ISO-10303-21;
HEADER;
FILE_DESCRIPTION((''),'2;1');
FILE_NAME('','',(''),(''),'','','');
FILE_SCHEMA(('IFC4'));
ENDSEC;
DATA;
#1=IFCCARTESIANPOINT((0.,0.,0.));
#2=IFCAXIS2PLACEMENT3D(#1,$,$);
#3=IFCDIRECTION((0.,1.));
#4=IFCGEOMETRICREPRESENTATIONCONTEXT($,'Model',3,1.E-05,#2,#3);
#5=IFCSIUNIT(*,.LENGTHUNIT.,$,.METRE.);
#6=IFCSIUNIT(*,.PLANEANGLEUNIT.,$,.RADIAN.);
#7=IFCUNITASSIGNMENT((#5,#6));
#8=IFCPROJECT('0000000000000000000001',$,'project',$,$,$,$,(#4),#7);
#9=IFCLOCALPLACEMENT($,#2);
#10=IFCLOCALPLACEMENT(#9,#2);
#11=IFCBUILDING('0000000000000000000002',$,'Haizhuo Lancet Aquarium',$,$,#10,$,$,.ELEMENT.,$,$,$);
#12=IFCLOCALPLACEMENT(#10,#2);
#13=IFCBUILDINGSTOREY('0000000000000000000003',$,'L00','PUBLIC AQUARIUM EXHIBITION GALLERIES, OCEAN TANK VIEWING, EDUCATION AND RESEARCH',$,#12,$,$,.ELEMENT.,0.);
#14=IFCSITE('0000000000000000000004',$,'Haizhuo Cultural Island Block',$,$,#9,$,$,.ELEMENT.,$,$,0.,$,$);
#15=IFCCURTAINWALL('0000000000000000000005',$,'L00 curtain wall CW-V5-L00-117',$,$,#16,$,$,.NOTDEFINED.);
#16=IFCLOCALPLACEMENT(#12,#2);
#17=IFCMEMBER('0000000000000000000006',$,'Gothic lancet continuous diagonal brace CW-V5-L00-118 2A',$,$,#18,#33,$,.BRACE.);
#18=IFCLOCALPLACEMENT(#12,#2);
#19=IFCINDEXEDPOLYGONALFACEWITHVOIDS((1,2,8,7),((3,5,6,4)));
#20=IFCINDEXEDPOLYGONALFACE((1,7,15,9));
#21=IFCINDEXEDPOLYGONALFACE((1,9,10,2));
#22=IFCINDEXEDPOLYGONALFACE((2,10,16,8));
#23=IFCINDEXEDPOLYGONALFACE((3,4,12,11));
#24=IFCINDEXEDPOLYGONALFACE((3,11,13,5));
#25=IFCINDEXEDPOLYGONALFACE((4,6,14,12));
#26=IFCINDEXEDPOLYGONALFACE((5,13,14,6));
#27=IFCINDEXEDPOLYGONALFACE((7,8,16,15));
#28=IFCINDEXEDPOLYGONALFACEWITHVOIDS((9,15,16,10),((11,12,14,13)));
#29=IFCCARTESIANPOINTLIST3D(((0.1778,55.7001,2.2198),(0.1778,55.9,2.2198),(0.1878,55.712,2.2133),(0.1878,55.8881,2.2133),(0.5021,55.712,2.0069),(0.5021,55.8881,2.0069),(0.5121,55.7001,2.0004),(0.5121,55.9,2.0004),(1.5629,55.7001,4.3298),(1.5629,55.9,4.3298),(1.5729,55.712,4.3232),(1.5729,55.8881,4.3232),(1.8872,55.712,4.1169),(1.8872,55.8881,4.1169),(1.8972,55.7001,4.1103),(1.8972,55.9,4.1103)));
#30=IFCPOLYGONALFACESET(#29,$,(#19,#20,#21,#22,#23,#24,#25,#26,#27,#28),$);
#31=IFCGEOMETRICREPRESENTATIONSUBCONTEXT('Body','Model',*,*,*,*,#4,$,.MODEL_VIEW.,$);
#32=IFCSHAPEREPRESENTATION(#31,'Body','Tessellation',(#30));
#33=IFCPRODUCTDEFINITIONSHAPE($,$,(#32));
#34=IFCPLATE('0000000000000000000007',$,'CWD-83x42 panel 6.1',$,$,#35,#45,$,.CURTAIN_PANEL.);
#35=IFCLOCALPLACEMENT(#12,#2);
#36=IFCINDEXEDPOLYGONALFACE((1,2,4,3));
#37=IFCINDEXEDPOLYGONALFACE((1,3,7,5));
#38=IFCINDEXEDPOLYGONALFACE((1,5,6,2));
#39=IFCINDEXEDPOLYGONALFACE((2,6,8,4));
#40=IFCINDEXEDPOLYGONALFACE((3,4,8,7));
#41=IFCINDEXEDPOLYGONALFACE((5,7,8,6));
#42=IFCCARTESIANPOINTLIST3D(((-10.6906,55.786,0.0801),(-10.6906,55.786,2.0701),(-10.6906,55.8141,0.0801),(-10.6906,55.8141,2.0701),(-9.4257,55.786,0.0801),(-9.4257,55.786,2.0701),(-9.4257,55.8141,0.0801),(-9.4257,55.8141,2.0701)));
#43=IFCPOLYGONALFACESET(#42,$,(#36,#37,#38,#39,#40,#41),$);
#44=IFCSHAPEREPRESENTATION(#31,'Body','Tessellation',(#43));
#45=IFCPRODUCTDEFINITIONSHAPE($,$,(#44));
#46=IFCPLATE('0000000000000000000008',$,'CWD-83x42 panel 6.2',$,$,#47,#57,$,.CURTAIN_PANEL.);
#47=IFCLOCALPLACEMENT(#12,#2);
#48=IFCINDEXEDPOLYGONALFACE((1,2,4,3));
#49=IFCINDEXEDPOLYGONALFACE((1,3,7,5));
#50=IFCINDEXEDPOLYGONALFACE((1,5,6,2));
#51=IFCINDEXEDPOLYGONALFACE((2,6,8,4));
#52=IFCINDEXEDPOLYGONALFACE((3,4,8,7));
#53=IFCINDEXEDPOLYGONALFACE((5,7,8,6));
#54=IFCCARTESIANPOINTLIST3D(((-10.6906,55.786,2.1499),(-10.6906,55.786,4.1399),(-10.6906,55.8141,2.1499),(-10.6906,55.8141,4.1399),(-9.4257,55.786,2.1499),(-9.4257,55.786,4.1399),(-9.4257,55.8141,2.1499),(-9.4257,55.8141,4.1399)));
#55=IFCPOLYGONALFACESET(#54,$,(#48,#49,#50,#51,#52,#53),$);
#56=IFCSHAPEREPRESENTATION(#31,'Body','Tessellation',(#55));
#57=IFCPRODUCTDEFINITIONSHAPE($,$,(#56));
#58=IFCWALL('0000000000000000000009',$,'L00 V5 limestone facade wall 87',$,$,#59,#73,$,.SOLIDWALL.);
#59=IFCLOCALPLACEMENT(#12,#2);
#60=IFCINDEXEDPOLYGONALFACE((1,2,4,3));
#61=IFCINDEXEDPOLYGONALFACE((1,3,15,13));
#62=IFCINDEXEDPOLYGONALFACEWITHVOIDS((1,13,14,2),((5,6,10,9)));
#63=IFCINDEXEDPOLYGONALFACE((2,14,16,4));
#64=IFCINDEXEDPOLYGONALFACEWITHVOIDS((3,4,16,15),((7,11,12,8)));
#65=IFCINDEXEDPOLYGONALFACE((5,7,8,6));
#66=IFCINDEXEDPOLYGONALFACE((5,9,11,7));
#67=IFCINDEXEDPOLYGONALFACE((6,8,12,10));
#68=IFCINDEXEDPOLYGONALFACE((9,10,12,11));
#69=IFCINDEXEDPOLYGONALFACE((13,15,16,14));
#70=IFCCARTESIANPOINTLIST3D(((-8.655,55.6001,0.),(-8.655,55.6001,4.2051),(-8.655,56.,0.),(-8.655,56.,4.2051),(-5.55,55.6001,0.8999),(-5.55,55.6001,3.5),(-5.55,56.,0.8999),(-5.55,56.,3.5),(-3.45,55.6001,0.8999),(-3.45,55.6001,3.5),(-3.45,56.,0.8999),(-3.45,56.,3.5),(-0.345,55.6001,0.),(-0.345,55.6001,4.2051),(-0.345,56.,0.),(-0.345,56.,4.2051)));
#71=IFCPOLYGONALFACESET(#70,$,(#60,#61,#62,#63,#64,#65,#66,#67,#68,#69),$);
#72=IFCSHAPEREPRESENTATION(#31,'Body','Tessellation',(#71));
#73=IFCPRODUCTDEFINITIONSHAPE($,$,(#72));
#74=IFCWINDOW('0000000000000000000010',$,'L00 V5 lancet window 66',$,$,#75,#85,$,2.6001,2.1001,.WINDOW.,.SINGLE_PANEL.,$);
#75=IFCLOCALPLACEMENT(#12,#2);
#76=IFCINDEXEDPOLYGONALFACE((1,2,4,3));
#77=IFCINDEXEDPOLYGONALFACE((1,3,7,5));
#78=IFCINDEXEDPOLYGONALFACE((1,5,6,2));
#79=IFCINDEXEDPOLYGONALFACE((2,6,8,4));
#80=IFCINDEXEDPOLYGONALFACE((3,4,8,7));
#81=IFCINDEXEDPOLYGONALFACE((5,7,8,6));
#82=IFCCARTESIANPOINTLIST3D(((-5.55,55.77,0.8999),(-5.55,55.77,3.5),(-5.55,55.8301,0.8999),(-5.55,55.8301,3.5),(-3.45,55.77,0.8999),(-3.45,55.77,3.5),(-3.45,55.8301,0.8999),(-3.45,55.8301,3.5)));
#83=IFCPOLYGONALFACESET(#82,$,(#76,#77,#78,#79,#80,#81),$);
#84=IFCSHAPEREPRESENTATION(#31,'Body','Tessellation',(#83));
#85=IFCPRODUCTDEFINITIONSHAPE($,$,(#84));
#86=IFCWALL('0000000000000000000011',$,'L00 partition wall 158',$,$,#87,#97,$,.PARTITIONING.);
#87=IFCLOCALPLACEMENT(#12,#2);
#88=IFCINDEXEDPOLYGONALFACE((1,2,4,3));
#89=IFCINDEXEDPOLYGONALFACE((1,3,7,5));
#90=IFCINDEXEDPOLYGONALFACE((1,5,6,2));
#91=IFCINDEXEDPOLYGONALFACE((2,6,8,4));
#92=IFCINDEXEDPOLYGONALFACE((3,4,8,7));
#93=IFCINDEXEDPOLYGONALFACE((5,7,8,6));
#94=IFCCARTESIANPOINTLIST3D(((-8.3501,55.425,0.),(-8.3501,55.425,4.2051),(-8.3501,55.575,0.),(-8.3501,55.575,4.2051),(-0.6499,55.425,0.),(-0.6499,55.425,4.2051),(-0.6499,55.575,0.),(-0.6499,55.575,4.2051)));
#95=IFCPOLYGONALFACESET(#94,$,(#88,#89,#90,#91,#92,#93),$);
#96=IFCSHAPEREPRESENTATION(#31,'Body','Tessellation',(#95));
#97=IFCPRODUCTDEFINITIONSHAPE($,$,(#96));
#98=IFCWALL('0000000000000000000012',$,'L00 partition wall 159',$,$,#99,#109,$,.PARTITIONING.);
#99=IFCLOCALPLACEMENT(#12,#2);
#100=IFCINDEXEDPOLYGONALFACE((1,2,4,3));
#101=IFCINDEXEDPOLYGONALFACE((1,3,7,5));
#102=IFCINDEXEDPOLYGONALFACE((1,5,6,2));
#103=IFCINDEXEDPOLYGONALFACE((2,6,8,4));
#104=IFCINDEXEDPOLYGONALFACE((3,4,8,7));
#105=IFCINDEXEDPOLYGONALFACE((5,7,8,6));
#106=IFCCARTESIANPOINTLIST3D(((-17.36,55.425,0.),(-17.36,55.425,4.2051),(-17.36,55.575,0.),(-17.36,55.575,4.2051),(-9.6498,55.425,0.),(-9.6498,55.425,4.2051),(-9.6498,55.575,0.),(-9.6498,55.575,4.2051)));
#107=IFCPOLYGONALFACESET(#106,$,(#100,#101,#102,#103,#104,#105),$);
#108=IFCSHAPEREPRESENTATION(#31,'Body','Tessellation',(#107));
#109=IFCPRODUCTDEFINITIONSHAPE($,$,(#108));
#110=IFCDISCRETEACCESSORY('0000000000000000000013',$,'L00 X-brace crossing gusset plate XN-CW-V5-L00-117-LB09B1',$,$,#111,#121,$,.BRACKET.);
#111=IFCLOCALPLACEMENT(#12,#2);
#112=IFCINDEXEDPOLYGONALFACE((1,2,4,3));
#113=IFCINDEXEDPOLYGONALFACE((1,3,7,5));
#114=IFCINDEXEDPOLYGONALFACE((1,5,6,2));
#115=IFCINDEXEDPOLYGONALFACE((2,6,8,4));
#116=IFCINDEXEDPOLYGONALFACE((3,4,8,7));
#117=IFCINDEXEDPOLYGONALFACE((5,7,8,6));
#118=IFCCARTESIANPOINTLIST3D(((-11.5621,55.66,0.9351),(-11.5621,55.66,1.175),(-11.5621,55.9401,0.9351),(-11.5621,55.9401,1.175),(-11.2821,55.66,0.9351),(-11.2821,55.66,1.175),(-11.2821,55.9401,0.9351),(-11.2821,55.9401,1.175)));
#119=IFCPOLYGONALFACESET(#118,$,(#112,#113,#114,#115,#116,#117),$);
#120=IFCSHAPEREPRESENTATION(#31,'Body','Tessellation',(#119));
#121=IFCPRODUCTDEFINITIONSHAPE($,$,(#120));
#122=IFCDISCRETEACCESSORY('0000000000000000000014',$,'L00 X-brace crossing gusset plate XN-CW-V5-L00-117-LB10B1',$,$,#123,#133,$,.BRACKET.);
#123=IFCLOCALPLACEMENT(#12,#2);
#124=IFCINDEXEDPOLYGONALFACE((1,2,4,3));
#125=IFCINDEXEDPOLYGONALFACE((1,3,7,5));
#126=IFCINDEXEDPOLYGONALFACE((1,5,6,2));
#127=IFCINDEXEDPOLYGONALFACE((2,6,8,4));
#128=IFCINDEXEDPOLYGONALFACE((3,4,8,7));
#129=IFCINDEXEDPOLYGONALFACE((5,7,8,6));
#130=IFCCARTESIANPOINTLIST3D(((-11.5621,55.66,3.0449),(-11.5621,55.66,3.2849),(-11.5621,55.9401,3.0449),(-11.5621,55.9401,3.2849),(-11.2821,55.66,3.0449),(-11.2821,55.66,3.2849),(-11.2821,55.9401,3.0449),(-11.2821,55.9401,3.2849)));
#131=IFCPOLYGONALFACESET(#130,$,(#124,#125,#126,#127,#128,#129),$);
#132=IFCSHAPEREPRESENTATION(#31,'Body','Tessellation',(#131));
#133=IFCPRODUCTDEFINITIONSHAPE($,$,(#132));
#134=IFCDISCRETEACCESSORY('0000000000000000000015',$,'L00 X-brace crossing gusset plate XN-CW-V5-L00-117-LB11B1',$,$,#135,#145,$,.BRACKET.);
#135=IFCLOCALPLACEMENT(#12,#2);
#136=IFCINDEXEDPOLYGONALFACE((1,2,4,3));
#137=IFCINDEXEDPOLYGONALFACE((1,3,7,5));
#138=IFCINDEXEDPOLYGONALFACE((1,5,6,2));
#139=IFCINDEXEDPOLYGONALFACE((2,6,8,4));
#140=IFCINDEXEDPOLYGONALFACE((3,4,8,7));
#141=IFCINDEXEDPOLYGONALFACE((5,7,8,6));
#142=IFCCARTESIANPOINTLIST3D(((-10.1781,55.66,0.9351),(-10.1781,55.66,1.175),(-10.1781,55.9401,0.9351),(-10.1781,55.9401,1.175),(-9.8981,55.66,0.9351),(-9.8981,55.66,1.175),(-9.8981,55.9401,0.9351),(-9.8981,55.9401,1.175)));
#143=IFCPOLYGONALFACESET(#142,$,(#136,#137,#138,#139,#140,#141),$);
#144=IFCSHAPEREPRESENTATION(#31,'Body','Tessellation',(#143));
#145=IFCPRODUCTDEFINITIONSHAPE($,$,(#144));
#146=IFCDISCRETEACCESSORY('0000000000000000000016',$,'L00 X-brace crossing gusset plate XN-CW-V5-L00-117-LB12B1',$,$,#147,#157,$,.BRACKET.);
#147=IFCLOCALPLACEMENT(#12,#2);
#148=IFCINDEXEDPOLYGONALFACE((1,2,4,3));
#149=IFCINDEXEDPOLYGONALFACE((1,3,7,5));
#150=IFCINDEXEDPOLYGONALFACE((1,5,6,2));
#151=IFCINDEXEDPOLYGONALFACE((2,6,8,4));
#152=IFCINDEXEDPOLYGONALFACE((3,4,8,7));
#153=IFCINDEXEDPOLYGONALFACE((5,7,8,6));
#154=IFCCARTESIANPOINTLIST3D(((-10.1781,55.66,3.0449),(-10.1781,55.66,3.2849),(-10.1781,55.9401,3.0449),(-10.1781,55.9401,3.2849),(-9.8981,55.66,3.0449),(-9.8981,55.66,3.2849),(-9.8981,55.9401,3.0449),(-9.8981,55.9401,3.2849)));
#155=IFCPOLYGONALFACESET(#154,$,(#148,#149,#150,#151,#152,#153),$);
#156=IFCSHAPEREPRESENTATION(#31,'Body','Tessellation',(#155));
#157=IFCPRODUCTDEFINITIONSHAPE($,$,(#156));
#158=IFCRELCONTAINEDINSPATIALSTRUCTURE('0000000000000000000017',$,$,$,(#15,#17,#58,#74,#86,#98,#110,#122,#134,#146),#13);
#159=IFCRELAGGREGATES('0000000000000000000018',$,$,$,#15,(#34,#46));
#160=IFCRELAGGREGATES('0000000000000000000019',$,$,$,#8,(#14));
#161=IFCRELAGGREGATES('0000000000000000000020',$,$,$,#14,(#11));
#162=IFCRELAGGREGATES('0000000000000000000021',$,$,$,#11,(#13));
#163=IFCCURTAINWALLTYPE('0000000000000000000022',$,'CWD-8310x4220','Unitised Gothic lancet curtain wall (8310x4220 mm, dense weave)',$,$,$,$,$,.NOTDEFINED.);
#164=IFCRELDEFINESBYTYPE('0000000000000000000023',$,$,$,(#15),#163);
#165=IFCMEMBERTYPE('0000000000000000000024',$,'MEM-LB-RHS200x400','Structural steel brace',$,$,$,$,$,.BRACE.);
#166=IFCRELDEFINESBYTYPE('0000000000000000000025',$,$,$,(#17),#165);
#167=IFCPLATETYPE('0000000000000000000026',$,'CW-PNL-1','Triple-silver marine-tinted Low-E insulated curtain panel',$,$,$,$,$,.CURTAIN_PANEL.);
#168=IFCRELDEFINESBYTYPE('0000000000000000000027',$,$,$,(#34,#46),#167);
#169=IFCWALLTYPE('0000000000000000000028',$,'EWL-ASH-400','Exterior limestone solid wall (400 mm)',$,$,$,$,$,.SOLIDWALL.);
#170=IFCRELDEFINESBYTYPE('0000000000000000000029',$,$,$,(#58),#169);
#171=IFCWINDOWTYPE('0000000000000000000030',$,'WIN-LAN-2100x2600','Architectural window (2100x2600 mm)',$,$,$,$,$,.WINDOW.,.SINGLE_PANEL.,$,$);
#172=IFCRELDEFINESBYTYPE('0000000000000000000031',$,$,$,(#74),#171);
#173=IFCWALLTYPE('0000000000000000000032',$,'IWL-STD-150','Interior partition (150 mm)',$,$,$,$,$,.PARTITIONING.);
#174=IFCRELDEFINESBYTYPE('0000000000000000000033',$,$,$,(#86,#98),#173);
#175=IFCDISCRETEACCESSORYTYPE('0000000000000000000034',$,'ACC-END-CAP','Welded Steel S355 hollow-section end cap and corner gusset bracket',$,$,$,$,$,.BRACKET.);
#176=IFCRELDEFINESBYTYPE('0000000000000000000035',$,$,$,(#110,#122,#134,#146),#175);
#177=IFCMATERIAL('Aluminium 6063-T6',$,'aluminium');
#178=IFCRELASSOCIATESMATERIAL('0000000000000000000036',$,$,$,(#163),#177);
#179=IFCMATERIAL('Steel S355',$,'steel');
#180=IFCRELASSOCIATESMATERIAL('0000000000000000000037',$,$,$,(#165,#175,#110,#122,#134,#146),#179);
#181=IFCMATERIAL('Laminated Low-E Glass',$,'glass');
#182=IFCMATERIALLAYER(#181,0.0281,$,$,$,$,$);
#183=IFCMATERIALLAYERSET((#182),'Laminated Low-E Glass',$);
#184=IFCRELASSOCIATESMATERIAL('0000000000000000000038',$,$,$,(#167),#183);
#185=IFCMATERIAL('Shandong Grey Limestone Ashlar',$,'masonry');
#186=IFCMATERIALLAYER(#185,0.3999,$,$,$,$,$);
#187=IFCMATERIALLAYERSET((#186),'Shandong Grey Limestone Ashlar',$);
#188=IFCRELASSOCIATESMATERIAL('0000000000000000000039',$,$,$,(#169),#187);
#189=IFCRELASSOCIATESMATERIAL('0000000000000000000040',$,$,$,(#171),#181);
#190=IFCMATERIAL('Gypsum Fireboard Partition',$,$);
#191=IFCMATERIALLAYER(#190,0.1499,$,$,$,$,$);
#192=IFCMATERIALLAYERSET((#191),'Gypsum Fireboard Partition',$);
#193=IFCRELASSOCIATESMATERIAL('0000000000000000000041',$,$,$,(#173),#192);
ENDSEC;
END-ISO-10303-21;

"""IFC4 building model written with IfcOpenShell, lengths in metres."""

from ifc_helpers import new_model, si_unit, direction, frame, frame_2d, origin, origin_2d, place, context, subcontext, project, spatial, rectangle, hollow_rectangle, extrude, material, layer, layer_set, material_profile, profile_set, type_object, element, fill, aggregate, save


model = new_model("IFC4")

# Units and contexts
model_context = context("Model", 3, precision=1e-05, world=origin(), true_north=direction((0.0, 1.0)))
body_context = subcontext(model_context, "Body", "Model", "MODEL_VIEW")
ifc_project = project(units=[si_unit("LENGTHUNIT", "METRE"), si_unit("PLANEANGLEUNIT", "RADIAN")], contexts=[model_context])

# Site, building, storey
site_placement = place(None, origin())
site = spatial("IfcSite", under=ifc_project, at=site_placement, Name="Haizhuo Cultural Island Block", CompositionType="ELEMENT", RefElevation=0.0)
building_placement = place(site_placement, origin())
building = spatial("IfcBuilding", under=site, at=building_placement, Name="Haizhuo Lancet Aquarium", CompositionType="ELEMENT")
storey_placement = place(building_placement, origin())
storey = spatial("IfcBuildingStorey", under=building, at=storey_placement, Name="L00", Description="PUBLIC AQUARIUM EXHIBITION GALLERIES, OCEAN TANK VIEWING, EDUCATION AND RESEARCH", CompositionType="ELEMENT", Elevation=0.0)

# Shared definitions
ifc_material_1 = material(Name="Aluminium 6063-T6", Category="aluminium")
curtain_wall_type = type_object("IfcCurtainWallType", Name="CWD-8310x4220", Description="Unitised Gothic lancet curtain wall (8310x4220 mm, dense weave)", PredefinedType="NOTDEFINED", material=ifc_material_1)

# Curtain wall
curtain_wall_1_placement = place(storey_placement, origin())
curtain_wall_1 = element("IfcCurtainWall", 1, at=curtain_wall_1_placement, inside=storey, type_object=curtain_wall_type, Name="L00 curtain wall CW-V5-L00-117", PredefinedType="NOTDEFINED")

# Shared definitions
ifc_material_2 = material(Name="Steel S355", Category="steel")

# Member
ifc_material_profile_1 = material_profile(ifc_material_2, hollow_rectangle(XDim=0.2, YDim=0.3999, WallThickness=0.012, at=origin_2d()), Name="RHS 200x400x12")
ifc_profile_set_1 = profile_set([ifc_material_profile_1], Name="Steel S355")
member_type_1 = type_object("IfcMemberType", Name="MEM-LB-RHS200x400", Description="Structural steel brace", PredefinedType="BRACE", material=ifc_profile_set_1)
for number, where, z_axis, x_axis, name in (
    (2, (0.345, 55.8, 2.1101), (0.548771, 0.0, 0.835973), (0.0, 1.0, 0.0), "Gothic lancet continuous diagonal brace CW-V5-L00-118 2A"),
):
    element("IfcMember", number, at=place(storey_placement, frame(where, z_axis=z_axis, x_axis=x_axis)), inside=storey, type_object=member_type_1, Name=name, PredefinedType="BRACE", context=body_context, shape_type="SweptSolid", body=[
        extrude(hollow_rectangle(XDim=0.2, YDim=0.3999, WallThickness=0.012, at=origin_2d()), origin(), (0.0, 0.0, 1.0), 2.5239),
    ])

# Plates
ifc_material_3 = material(Name="Laminated Low-E Glass", Category="glass")
ifc_layer_1 = layer(ifc_material_3, 0.0281)
ifc_layer_set_1 = layer_set([ifc_layer_1], Name="Laminated Low-E Glass")
plate_type = type_object("IfcPlateType", Name="CW-PNL-1", Description="Triple-silver marine-tinted Low-E insulated curtain panel", PredefinedType="CURTAIN_PANEL", material=ifc_layer_set_1)
plate_1_placement = place(storey_placement, frame((-10.0581, 55.8, 0.0801), z_axis=(0.0, 0.0, 1.0), x_axis=(1.0, 0.0, 0.0)))
plate_1 = element("IfcPlate", 3, at=plate_1_placement, type_object=plate_type, Name="CWD-83x42 panel 6.1", PredefinedType="CURTAIN_PANEL", context=body_context, shape_type="SweptSolid", body=[
    extrude(rectangle(XDim=1.2649, YDim=0.0281, at=origin_2d()), origin(), (0.0, 0.0, 1.0), 1.99),
])
plate_2_placement = place(storey_placement, frame((-10.0581, 55.8, 2.1499), z_axis=(0.0, 0.0, 1.0), x_axis=(1.0, 0.0, 0.0)))
plate_2 = element("IfcPlate", 4, at=plate_2_placement, type_object=plate_type, Name="CWD-83x42 panel 6.2", PredefinedType="CURTAIN_PANEL", context=body_context, shape_type="SweptSolid", body=[
    extrude(rectangle(XDim=1.2649, YDim=0.0281, at=origin_2d()), origin(), (0.0, 0.0, 1.0), 1.99),
])
aggregate(curtain_wall_1, [plate_1, plate_2])

# Wall, opening, window
ifc_material_4 = material(Name="Shandong Grey Limestone Ashlar", Category="masonry")
ifc_layer_2 = layer(ifc_material_4, 0.3999)
ifc_layer_set_2 = layer_set([ifc_layer_2], Name="Shandong Grey Limestone Ashlar")
wall_type_1 = type_object("IfcWallType", Name="EWL-ASH-400", Description="Exterior limestone solid wall (400 mm)", PredefinedType="SOLIDWALL", material=ifc_layer_set_2)
wall_1_placement = place(storey_placement, frame((-8.655, 55.8, 0.0), z_axis=(0.0, 0.0, 1.0), x_axis=(1.0, 0.0, 0.0)))
wall_1 = element("IfcWall", 5, at=wall_1_placement, inside=storey, type_object=wall_type_1, Name="L00 V5 limestone facade wall 87", PredefinedType="SOLIDWALL", context=body_context, shape_type="SweptSolid", body=[
    extrude(rectangle(XDim=8.3101, YDim=0.3999, at=frame_2d((4.155, 0.0))), origin(), (0.0, 0.0, 1.0), 4.2051),
])
opening_placement = place(wall_1_placement, frame((3.105, 0.0, 0.8999)))
opening = element("IfcOpeningElement", 6, at=opening_placement, cuts=wall_1, PredefinedType="OPENING", context=body_context, shape_type="SweptSolid", body=[
    extrude(rectangle(XDim=2.1001, YDim=2.6001, at=frame_2d((1.05, 1.3))), frame((0.0, 0.21, 0.0), z_axis=(0.0, -1.0, 0.0), x_axis=(1.0, 0.0, 0.0)), (0.0, 0.0, 1.0), 0.4199),
])
window_type = type_object("IfcWindowType", Name="WIN-LAN-2100x2600", Description="Architectural window (2100x2600 mm)", PartitioningType="SINGLE_PANEL", PredefinedType="WINDOW", material=ifc_material_3)
window_placement = place(opening_placement, origin())
window = element("IfcWindow", 7, at=window_placement, inside=storey, type_object=window_type, Name="L00 V5 lancet window 66", OverallHeight=2.6001, OverallWidth=2.1001, PartitioningType="SINGLE_PANEL", PredefinedType="WINDOW", context=body_context, shape_type="SweptSolid", body=[
    extrude(rectangle(XDim=2.1001, YDim=2.6001, at=frame_2d((1.05, 1.3))), frame((0.0, 0.03, 0.0), z_axis=(0.0, -1.0, 0.0), x_axis=(1.0, 0.0, 0.0)), (0.0, 0.0, 1.0), 0.0601),
])
fill(opening, window)

# Walls
ifc_material_5 = material(Name="Gypsum Fireboard Partition")
ifc_layer_3 = layer(ifc_material_5, 0.1499)
ifc_layer_set_3 = layer_set([ifc_layer_3], Name="Gypsum Fireboard Partition")
wall_type_2 = type_object("IfcWallType", Name="IWL-STD-150", Description="Interior partition (150 mm)", PredefinedType="PARTITIONING", material=ifc_layer_set_3)
wall_2_placement = place(storey_placement, frame((-0.6499, 55.5, 0.0), z_axis=(0.0, 0.0, 1.0), x_axis=(-1.0, 0.0, 0.0)))
element("IfcWall", 8, at=wall_2_placement, inside=storey, type_object=wall_type_2, Name="L00 partition wall 158", PredefinedType="PARTITIONING", context=body_context, shape_type="SweptSolid", body=[
    extrude(rectangle(XDim=7.7002, YDim=0.1499, at=frame_2d((3.8501, 0.0))), origin(), (0.0, 0.0, 1.0), 4.2051),
])
wall_3_placement = place(storey_placement, frame((-9.6499, 55.5, 0.0), z_axis=(0.0, 0.0, 1.0), x_axis=(-1.0, 0.0, 0.0)))
element("IfcWall", 9, at=wall_3_placement, inside=storey, type_object=wall_type_2, Name="L00 partition wall 159", PredefinedType="PARTITIONING", context=body_context, shape_type="SweptSolid", body=[
    extrude(rectangle(XDim=7.7102, YDim=0.1499, at=frame_2d((3.855, 0.0))), origin(), (0.0, 0.0, 1.0), 4.2051),
])

# Discrete accessories
discrete_accessory_type = type_object("IfcDiscreteAccessoryType", Name="ACC-END-CAP", Description="Welded Steel S355 hollow-section end cap and corner gusset bracket", PredefinedType="BRACKET", material=ifc_material_2)
for number, where, z_axis, x_axis, name in (
    (10, (-11.4221, 55.8, 0.9351), (0.0, 0.0, 1.0), (1.0, 0.0, 0.0), "L00 X-brace crossing gusset plate XN-CW-V5-L00-117-LB09B1"),
    (11, (-11.4221, 55.8, 3.0449), (0.0, 0.0, 1.0), (1.0, 0.0, 0.0), "L00 X-brace crossing gusset plate XN-CW-V5-L00-117-LB10B1"),
    (12, (-10.0381, 55.8, 0.9351), (0.0, 0.0, 1.0), (1.0, 0.0, 0.0), "L00 X-brace crossing gusset plate XN-CW-V5-L00-117-LB11B1"),
    (13, (-10.0381, 55.8, 3.0449), (0.0, 0.0, 1.0), (1.0, 0.0, 0.0), "L00 X-brace crossing gusset plate XN-CW-V5-L00-117-LB12B1"),
):
    element("IfcDiscreteAccessory", number, at=place(storey_placement, frame(where, z_axis=z_axis, x_axis=x_axis)), inside=storey, type_object=discrete_accessory_type, material=ifc_material_2, Name=name, PredefinedType="BRACKET", context=body_context, shape_type="SweptSolid", body=[
        extrude(rectangle(XDim=0.28, YDim=0.28, at=origin_2d()), origin(), (0.0, 0.0, 1.0), 0.24),
    ])

save(model, "model.ifc")
